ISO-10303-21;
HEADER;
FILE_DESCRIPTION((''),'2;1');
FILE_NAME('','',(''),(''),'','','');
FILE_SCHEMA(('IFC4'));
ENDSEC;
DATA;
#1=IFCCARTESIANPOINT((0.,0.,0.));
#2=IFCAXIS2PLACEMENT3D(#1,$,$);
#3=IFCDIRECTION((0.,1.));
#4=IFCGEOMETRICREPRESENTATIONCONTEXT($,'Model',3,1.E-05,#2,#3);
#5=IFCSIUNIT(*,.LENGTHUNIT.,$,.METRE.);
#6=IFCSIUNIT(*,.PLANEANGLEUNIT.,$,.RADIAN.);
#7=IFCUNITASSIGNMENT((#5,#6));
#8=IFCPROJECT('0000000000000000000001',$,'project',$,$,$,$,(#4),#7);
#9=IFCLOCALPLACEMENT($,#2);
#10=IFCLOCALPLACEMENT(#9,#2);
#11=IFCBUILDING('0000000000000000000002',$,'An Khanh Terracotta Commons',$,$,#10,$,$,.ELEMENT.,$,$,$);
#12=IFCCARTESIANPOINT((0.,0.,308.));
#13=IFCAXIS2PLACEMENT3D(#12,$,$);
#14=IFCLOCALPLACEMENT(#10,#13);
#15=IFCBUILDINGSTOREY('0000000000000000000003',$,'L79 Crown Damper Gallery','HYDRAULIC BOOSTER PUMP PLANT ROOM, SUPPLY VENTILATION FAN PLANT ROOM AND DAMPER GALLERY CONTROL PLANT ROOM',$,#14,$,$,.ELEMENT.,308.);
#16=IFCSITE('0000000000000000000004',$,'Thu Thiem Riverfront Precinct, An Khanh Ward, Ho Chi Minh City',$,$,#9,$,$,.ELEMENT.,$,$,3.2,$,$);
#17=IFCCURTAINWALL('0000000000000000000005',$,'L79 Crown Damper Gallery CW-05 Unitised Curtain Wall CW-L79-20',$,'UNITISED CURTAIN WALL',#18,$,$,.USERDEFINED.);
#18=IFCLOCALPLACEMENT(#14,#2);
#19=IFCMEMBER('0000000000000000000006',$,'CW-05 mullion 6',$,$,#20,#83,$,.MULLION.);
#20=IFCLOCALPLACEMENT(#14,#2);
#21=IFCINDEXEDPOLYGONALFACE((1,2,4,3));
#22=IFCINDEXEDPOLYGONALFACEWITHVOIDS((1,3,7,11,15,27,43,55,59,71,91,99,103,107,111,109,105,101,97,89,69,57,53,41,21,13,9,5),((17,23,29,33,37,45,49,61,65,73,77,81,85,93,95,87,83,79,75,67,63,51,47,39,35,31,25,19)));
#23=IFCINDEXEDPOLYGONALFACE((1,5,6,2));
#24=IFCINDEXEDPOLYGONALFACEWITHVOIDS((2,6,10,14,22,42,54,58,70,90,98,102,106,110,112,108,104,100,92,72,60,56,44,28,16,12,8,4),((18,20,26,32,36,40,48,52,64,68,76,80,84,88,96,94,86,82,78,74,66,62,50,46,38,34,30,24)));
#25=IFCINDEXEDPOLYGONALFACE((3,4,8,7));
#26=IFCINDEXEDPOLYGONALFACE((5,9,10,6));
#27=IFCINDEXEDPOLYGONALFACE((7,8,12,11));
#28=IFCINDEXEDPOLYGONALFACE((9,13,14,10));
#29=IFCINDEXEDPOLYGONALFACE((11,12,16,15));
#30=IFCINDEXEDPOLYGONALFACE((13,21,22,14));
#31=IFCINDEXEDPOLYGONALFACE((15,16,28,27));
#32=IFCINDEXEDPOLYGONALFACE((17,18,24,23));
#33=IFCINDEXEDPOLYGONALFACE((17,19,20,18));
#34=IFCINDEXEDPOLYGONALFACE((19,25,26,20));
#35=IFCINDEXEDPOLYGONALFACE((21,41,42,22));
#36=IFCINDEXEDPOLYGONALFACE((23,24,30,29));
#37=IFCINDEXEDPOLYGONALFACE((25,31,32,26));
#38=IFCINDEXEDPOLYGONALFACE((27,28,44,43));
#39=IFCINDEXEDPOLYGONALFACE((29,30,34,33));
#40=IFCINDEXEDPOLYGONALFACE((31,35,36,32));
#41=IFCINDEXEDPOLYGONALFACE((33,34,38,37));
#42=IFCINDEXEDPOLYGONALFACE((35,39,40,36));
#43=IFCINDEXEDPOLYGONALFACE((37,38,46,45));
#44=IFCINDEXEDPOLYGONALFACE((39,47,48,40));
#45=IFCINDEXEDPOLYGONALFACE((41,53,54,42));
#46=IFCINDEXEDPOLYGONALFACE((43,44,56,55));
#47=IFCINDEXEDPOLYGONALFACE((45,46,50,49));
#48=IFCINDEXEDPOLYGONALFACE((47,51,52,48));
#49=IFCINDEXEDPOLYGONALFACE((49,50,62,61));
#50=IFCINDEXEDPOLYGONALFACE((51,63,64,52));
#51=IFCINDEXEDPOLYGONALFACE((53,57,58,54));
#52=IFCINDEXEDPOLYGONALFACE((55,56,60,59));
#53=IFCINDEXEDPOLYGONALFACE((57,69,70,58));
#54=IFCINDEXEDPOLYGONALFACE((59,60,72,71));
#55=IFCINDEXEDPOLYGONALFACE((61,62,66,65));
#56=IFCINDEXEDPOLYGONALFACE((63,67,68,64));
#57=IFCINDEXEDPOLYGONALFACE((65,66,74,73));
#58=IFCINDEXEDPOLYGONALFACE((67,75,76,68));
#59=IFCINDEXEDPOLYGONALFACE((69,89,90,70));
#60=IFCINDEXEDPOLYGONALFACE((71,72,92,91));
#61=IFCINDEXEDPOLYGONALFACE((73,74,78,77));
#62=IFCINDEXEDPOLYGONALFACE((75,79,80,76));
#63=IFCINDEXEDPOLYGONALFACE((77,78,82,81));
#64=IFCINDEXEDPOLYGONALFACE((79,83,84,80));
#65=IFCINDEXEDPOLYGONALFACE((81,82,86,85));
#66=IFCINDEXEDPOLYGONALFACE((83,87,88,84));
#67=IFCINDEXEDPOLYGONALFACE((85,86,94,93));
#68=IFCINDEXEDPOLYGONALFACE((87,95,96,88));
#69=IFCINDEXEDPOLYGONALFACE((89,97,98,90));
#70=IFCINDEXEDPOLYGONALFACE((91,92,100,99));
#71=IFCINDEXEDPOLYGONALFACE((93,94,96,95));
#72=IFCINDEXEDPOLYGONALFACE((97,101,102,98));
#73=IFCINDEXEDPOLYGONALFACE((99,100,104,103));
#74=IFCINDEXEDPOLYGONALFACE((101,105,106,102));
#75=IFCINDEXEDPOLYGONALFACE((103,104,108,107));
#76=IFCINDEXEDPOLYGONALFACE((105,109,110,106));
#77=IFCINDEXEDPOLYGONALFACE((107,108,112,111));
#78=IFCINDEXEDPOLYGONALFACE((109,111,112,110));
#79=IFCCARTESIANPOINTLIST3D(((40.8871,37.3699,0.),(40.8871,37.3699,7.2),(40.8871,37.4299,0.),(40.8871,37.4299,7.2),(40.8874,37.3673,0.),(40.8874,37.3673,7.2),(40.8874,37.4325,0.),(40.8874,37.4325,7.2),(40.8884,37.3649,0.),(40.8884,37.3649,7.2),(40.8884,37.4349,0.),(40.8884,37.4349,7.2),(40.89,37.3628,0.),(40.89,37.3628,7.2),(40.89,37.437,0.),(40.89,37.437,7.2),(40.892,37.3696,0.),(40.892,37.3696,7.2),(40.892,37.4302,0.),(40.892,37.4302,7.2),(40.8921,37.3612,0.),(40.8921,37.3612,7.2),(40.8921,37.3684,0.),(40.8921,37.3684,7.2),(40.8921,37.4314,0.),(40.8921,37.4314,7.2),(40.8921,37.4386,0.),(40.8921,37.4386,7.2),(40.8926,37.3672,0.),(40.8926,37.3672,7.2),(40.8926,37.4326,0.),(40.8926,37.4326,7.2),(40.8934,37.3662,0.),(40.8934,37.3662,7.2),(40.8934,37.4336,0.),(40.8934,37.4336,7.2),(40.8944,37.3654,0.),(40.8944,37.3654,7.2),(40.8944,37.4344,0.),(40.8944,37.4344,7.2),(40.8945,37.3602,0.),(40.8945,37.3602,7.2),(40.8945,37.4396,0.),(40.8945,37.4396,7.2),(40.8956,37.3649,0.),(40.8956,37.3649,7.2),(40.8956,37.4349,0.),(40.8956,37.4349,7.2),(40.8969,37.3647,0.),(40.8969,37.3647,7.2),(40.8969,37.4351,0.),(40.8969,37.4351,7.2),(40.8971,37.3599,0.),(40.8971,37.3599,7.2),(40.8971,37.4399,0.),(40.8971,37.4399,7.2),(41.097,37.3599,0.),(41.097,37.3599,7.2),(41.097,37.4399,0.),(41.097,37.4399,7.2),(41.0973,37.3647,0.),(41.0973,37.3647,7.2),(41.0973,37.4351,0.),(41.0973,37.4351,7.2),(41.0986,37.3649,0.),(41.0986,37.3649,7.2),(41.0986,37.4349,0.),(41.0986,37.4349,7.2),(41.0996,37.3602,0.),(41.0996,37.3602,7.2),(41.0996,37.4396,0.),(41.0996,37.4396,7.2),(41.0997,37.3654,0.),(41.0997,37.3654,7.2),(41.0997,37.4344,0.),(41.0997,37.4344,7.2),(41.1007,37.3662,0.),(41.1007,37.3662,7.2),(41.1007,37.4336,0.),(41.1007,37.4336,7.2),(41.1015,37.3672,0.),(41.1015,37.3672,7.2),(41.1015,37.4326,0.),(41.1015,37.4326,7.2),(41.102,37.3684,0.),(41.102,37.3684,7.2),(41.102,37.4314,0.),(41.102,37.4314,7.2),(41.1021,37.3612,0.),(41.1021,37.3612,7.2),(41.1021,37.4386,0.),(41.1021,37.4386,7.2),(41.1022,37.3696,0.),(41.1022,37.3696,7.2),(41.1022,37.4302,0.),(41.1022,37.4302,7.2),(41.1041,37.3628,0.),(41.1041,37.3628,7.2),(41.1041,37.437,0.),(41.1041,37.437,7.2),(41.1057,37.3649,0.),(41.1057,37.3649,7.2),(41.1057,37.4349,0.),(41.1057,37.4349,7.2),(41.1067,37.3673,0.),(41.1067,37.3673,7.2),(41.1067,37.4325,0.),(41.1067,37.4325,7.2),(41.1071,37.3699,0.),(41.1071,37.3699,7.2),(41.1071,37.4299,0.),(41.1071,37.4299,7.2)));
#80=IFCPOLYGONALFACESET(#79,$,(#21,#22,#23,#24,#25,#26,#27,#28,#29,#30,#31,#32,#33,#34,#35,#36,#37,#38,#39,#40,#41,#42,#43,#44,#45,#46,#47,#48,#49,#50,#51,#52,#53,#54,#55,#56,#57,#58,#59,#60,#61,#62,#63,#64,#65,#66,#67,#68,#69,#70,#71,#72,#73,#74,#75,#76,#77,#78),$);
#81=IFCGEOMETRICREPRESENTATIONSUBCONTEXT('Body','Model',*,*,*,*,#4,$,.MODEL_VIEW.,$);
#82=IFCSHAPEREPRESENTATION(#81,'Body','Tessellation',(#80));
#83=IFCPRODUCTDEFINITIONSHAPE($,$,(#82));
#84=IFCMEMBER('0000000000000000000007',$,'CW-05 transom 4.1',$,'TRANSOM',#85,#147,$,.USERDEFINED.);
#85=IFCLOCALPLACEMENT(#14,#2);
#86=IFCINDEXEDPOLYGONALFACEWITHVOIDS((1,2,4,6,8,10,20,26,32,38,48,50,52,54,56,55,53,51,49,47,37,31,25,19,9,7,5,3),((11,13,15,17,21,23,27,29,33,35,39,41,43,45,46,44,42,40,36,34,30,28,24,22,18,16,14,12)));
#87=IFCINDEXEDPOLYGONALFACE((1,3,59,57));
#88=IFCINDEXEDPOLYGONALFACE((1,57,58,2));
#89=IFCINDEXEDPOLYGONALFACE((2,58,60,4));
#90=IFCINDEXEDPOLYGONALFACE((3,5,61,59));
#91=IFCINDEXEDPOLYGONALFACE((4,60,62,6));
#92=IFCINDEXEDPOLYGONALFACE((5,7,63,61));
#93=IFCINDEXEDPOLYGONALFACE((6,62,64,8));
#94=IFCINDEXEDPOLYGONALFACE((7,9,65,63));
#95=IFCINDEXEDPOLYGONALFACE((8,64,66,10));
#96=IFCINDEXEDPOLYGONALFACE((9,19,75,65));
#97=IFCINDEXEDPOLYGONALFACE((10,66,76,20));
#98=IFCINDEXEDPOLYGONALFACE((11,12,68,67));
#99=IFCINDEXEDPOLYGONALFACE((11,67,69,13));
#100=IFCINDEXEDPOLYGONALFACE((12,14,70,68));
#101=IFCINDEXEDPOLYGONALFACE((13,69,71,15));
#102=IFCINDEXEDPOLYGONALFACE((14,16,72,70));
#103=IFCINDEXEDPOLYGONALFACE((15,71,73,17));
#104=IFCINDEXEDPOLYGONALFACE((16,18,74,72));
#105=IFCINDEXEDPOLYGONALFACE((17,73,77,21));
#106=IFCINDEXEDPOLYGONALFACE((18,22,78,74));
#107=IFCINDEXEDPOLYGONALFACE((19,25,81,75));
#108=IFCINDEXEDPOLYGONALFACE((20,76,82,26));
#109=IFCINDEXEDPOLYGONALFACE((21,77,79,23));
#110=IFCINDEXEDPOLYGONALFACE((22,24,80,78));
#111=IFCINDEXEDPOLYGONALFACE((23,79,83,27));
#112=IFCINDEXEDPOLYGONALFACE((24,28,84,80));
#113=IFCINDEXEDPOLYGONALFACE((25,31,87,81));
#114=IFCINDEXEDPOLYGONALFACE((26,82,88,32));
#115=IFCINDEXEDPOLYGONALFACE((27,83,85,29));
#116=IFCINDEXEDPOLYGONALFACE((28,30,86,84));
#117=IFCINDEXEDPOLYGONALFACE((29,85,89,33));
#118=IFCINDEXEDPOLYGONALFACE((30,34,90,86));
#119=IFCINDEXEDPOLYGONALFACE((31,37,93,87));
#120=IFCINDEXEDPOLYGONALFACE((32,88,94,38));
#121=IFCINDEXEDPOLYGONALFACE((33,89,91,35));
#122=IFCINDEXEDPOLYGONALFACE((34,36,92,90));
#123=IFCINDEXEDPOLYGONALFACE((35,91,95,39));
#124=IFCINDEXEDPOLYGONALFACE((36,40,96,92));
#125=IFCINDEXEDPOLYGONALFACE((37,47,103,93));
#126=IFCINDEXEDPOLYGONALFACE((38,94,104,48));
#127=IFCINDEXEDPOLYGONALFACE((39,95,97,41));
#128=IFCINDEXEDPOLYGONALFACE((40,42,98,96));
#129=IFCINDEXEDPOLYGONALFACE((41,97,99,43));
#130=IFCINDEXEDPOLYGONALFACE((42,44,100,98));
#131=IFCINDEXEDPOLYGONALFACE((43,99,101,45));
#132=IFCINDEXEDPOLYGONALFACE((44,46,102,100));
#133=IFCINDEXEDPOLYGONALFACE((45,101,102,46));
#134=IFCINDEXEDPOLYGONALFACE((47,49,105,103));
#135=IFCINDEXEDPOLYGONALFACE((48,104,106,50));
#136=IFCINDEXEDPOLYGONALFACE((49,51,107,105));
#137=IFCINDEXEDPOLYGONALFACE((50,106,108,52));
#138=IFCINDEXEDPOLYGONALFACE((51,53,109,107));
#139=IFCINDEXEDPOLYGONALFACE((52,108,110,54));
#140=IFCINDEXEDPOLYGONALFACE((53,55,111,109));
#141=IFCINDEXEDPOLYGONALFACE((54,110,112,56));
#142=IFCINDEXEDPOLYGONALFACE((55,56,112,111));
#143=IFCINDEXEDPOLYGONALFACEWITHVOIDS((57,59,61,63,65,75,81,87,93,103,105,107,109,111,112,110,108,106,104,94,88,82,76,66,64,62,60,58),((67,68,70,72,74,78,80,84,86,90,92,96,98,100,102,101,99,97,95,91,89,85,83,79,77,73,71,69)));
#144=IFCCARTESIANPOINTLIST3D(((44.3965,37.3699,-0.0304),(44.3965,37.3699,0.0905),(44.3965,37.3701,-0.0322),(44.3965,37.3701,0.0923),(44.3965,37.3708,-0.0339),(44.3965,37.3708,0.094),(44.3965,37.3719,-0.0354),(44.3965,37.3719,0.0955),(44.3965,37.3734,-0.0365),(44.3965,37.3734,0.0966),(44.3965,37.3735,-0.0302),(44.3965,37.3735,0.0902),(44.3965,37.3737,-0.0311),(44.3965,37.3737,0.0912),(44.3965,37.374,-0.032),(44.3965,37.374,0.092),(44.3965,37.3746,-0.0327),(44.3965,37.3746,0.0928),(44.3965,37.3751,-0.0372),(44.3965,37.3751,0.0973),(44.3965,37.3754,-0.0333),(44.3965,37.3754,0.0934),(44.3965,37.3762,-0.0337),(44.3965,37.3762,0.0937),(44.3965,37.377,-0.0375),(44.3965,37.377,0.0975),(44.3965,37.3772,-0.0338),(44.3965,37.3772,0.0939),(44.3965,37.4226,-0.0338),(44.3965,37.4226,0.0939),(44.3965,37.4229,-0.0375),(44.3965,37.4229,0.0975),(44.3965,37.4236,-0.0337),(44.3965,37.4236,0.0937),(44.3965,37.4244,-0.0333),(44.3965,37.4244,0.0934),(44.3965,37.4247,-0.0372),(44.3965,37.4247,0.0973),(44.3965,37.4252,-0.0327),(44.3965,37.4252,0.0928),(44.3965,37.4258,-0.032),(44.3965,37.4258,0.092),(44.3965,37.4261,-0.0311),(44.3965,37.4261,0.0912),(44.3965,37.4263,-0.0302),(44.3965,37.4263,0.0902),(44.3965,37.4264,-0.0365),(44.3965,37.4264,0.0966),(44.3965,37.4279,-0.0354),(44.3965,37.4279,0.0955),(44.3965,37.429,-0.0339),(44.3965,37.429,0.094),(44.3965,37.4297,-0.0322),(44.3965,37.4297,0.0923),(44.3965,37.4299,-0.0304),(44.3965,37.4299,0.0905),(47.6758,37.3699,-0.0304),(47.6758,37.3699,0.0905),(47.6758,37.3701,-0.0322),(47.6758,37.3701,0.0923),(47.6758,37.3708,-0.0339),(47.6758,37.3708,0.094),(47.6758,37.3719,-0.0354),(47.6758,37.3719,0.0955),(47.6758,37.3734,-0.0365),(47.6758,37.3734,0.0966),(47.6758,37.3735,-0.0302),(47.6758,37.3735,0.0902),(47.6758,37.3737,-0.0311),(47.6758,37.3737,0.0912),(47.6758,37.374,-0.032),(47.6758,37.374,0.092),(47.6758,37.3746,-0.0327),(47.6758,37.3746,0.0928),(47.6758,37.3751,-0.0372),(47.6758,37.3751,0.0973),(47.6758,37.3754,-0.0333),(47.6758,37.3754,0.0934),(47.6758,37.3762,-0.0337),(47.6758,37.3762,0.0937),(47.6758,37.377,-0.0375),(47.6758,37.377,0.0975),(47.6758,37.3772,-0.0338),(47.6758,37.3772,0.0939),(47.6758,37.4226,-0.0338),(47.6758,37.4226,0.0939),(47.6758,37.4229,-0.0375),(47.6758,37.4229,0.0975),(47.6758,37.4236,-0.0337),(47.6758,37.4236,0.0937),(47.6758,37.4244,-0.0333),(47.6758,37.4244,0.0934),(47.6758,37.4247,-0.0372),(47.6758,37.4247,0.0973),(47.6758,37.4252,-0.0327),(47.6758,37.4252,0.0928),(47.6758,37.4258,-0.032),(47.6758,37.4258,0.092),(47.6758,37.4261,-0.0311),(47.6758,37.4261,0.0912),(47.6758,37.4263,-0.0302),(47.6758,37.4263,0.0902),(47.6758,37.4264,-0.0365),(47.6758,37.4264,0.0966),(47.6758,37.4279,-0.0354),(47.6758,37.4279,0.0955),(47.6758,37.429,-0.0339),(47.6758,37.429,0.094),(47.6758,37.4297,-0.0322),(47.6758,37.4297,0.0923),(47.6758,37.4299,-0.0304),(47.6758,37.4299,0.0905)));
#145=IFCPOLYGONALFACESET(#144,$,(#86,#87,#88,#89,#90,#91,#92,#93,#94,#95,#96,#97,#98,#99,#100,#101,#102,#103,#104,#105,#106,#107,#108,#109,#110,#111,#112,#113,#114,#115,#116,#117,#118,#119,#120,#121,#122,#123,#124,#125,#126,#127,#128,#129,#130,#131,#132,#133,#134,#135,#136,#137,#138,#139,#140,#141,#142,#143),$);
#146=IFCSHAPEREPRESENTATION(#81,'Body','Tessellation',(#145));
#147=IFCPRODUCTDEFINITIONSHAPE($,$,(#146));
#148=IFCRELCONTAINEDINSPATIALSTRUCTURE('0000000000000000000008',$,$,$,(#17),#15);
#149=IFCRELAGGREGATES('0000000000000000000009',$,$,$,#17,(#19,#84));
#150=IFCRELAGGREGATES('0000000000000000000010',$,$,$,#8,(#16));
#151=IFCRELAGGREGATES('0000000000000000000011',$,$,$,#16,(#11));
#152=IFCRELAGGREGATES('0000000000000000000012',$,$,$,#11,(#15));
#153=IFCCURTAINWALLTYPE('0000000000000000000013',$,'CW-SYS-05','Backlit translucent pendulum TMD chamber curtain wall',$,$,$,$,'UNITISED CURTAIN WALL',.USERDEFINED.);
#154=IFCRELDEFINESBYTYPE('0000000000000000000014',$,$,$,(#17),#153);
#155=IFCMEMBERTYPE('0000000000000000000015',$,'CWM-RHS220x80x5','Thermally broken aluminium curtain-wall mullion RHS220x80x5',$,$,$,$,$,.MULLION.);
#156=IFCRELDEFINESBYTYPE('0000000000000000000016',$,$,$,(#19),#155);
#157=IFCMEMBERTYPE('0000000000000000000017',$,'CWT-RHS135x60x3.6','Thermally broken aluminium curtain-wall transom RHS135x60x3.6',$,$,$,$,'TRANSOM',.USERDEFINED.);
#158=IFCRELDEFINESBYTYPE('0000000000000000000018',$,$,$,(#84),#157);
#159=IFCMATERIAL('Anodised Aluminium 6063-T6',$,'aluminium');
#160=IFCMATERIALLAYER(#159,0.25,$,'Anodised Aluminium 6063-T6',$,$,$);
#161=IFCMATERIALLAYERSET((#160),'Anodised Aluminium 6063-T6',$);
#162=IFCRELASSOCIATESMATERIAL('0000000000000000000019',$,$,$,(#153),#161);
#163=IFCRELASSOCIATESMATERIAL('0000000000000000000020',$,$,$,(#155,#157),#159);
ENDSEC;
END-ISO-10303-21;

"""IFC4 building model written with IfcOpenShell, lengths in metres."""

from ifc_helpers import new_model, si_unit, direction, frame, origin, origin_2d, place, context, subcontext, project, spatial, hollow_rectangle, extrude, material, layer, layer_set, material_profile, profile_set, type_object, element, aggregate, save


model = new_model("IFC4")

# Units and contexts
model_context = context("Model", 3, precision=1e-05, world=origin(), true_north=direction((0.0, 1.0)))
body_context = subcontext(model_context, "Body", "Model", "MODEL_VIEW")
ifc_project = project(units=[si_unit("LENGTHUNIT", "METRE"), si_unit("PLANEANGLEUNIT", "RADIAN")], contexts=[model_context])

# Site, building, storey
site_placement = place(None, origin())
site = spatial("IfcSite", under=ifc_project, at=site_placement, Name="Thu Thiem Riverfront Precinct, An Khanh Ward, Ho Chi Minh City", CompositionType="ELEMENT", RefElevation=3.2)
building_placement = place(site_placement, origin())
building = spatial("IfcBuilding", under=site, at=building_placement, Name="An Khanh Terracotta Commons", CompositionType="ELEMENT")
storey_placement = place(building_placement, frame((0.0, 0.0, 308.0)))
storey = spatial("IfcBuildingStorey", under=building, at=storey_placement, Name="L79 Crown Damper Gallery", Description="HYDRAULIC BOOSTER PUMP PLANT ROOM, SUPPLY VENTILATION FAN PLANT ROOM AND DAMPER GALLERY CONTROL PLANT ROOM", CompositionType="ELEMENT", Elevation=308.0)

# Curtain wall, members
ifc_material_1 = material(Name="Anodised Aluminium 6063-T6", Category="aluminium")
ifc_layer_1 = layer(ifc_material_1, 0.25, Name="Anodised Aluminium 6063-T6")
ifc_layer_set_1 = layer_set([ifc_layer_1], Name="Anodised Aluminium 6063-T6")
curtain_wall_type = type_object("IfcCurtainWallType", Name="CW-SYS-05", Description="Backlit translucent pendulum TMD chamber curtain wall", ElementType="UNITISED CURTAIN WALL", PredefinedType="USERDEFINED", material=ifc_layer_set_1)
curtain_wall_placement = place(storey_placement, origin())
curtain_wall = element("IfcCurtainWall", 1, at=curtain_wall_placement, inside=storey, type_object=curtain_wall_type, Name="L79 Crown Damper Gallery CW-05 Unitised Curtain Wall CW-L79-20", ObjectType="UNITISED CURTAIN WALL", PredefinedType="USERDEFINED")
ifc_material_profile_1 = material_profile(ifc_material_1, hollow_rectangle(XDim=0.0801, YDim=0.22, WallThickness=0.0049, InnerFilletRadius=0.0049, OuterFilletRadius=0.01, at=origin_2d()), Name="RHS220x80x5")
ifc_profile_set_1 = profile_set([ifc_material_profile_1], Name="Anodised Aluminium 6063-T6")
member_type_1 = type_object("IfcMemberType", Name="CWM-RHS220x80x5", Description="Thermally broken aluminium curtain-wall mullion RHS220x80x5", PredefinedType="MULLION", material=ifc_profile_set_1)
member_1_placement = place(storey_placement, frame((40.9971, 37.3999, 0.0), z_axis=(0.0, 0.0, 1.0), x_axis=(0.0, -1.0, 0.0)))
member_1 = element("IfcMember", 2, at=member_1_placement, type_object=member_type_1, Name="CW-05 mullion 6", PredefinedType="MULLION", context=body_context, shape_type="SweptSolid", body=[
    extrude(hollow_rectangle(XDim=0.0801, YDim=0.22, WallThickness=0.0049, InnerFilletRadius=0.0049, OuterFilletRadius=0.01, at=origin_2d()), origin(), (0.0, 0.0, 1.0), 7.2),
])
ifc_material_profile_2 = material_profile(ifc_material_1, hollow_rectangle(XDim=0.0601, YDim=0.135, WallThickness=0.0037, InnerFilletRadius=0.0037, OuterFilletRadius=0.0071, at=origin_2d()), Name="RHS135x60x3.6")
ifc_profile_set_2 = profile_set([ifc_material_profile_2], Name="Anodised Aluminium 6063-T6")
member_type_2 = type_object("IfcMemberType", Name="CWT-RHS135x60x3.6", Description="Thermally broken aluminium curtain-wall transom RHS135x60x3.6", ElementType="TRANSOM", PredefinedType="USERDEFINED", material=ifc_profile_set_2)
member_2_placement = place(storey_placement, frame((47.6758, 37.3999, 0.03), z_axis=(-1.0, 0.0, 0.0), x_axis=(0.0, -1.0, 0.0)))
member_2 = element("IfcMember", 3, at=member_2_placement, type_object=member_type_2, Name="CW-05 transom 4.1", ObjectType="TRANSOM", PredefinedType="USERDEFINED", context=body_context, shape_type="SweptSolid", body=[
    extrude(hollow_rectangle(XDim=0.0601, YDim=0.135, WallThickness=0.0037, InnerFilletRadius=0.0037, OuterFilletRadius=0.0071, at=origin_2d()), origin(), (0.0, 0.0, 1.0), 3.2793),
])

aggregate(curtain_wall, [member_1, member_2])

save(model, "model.ifc")
